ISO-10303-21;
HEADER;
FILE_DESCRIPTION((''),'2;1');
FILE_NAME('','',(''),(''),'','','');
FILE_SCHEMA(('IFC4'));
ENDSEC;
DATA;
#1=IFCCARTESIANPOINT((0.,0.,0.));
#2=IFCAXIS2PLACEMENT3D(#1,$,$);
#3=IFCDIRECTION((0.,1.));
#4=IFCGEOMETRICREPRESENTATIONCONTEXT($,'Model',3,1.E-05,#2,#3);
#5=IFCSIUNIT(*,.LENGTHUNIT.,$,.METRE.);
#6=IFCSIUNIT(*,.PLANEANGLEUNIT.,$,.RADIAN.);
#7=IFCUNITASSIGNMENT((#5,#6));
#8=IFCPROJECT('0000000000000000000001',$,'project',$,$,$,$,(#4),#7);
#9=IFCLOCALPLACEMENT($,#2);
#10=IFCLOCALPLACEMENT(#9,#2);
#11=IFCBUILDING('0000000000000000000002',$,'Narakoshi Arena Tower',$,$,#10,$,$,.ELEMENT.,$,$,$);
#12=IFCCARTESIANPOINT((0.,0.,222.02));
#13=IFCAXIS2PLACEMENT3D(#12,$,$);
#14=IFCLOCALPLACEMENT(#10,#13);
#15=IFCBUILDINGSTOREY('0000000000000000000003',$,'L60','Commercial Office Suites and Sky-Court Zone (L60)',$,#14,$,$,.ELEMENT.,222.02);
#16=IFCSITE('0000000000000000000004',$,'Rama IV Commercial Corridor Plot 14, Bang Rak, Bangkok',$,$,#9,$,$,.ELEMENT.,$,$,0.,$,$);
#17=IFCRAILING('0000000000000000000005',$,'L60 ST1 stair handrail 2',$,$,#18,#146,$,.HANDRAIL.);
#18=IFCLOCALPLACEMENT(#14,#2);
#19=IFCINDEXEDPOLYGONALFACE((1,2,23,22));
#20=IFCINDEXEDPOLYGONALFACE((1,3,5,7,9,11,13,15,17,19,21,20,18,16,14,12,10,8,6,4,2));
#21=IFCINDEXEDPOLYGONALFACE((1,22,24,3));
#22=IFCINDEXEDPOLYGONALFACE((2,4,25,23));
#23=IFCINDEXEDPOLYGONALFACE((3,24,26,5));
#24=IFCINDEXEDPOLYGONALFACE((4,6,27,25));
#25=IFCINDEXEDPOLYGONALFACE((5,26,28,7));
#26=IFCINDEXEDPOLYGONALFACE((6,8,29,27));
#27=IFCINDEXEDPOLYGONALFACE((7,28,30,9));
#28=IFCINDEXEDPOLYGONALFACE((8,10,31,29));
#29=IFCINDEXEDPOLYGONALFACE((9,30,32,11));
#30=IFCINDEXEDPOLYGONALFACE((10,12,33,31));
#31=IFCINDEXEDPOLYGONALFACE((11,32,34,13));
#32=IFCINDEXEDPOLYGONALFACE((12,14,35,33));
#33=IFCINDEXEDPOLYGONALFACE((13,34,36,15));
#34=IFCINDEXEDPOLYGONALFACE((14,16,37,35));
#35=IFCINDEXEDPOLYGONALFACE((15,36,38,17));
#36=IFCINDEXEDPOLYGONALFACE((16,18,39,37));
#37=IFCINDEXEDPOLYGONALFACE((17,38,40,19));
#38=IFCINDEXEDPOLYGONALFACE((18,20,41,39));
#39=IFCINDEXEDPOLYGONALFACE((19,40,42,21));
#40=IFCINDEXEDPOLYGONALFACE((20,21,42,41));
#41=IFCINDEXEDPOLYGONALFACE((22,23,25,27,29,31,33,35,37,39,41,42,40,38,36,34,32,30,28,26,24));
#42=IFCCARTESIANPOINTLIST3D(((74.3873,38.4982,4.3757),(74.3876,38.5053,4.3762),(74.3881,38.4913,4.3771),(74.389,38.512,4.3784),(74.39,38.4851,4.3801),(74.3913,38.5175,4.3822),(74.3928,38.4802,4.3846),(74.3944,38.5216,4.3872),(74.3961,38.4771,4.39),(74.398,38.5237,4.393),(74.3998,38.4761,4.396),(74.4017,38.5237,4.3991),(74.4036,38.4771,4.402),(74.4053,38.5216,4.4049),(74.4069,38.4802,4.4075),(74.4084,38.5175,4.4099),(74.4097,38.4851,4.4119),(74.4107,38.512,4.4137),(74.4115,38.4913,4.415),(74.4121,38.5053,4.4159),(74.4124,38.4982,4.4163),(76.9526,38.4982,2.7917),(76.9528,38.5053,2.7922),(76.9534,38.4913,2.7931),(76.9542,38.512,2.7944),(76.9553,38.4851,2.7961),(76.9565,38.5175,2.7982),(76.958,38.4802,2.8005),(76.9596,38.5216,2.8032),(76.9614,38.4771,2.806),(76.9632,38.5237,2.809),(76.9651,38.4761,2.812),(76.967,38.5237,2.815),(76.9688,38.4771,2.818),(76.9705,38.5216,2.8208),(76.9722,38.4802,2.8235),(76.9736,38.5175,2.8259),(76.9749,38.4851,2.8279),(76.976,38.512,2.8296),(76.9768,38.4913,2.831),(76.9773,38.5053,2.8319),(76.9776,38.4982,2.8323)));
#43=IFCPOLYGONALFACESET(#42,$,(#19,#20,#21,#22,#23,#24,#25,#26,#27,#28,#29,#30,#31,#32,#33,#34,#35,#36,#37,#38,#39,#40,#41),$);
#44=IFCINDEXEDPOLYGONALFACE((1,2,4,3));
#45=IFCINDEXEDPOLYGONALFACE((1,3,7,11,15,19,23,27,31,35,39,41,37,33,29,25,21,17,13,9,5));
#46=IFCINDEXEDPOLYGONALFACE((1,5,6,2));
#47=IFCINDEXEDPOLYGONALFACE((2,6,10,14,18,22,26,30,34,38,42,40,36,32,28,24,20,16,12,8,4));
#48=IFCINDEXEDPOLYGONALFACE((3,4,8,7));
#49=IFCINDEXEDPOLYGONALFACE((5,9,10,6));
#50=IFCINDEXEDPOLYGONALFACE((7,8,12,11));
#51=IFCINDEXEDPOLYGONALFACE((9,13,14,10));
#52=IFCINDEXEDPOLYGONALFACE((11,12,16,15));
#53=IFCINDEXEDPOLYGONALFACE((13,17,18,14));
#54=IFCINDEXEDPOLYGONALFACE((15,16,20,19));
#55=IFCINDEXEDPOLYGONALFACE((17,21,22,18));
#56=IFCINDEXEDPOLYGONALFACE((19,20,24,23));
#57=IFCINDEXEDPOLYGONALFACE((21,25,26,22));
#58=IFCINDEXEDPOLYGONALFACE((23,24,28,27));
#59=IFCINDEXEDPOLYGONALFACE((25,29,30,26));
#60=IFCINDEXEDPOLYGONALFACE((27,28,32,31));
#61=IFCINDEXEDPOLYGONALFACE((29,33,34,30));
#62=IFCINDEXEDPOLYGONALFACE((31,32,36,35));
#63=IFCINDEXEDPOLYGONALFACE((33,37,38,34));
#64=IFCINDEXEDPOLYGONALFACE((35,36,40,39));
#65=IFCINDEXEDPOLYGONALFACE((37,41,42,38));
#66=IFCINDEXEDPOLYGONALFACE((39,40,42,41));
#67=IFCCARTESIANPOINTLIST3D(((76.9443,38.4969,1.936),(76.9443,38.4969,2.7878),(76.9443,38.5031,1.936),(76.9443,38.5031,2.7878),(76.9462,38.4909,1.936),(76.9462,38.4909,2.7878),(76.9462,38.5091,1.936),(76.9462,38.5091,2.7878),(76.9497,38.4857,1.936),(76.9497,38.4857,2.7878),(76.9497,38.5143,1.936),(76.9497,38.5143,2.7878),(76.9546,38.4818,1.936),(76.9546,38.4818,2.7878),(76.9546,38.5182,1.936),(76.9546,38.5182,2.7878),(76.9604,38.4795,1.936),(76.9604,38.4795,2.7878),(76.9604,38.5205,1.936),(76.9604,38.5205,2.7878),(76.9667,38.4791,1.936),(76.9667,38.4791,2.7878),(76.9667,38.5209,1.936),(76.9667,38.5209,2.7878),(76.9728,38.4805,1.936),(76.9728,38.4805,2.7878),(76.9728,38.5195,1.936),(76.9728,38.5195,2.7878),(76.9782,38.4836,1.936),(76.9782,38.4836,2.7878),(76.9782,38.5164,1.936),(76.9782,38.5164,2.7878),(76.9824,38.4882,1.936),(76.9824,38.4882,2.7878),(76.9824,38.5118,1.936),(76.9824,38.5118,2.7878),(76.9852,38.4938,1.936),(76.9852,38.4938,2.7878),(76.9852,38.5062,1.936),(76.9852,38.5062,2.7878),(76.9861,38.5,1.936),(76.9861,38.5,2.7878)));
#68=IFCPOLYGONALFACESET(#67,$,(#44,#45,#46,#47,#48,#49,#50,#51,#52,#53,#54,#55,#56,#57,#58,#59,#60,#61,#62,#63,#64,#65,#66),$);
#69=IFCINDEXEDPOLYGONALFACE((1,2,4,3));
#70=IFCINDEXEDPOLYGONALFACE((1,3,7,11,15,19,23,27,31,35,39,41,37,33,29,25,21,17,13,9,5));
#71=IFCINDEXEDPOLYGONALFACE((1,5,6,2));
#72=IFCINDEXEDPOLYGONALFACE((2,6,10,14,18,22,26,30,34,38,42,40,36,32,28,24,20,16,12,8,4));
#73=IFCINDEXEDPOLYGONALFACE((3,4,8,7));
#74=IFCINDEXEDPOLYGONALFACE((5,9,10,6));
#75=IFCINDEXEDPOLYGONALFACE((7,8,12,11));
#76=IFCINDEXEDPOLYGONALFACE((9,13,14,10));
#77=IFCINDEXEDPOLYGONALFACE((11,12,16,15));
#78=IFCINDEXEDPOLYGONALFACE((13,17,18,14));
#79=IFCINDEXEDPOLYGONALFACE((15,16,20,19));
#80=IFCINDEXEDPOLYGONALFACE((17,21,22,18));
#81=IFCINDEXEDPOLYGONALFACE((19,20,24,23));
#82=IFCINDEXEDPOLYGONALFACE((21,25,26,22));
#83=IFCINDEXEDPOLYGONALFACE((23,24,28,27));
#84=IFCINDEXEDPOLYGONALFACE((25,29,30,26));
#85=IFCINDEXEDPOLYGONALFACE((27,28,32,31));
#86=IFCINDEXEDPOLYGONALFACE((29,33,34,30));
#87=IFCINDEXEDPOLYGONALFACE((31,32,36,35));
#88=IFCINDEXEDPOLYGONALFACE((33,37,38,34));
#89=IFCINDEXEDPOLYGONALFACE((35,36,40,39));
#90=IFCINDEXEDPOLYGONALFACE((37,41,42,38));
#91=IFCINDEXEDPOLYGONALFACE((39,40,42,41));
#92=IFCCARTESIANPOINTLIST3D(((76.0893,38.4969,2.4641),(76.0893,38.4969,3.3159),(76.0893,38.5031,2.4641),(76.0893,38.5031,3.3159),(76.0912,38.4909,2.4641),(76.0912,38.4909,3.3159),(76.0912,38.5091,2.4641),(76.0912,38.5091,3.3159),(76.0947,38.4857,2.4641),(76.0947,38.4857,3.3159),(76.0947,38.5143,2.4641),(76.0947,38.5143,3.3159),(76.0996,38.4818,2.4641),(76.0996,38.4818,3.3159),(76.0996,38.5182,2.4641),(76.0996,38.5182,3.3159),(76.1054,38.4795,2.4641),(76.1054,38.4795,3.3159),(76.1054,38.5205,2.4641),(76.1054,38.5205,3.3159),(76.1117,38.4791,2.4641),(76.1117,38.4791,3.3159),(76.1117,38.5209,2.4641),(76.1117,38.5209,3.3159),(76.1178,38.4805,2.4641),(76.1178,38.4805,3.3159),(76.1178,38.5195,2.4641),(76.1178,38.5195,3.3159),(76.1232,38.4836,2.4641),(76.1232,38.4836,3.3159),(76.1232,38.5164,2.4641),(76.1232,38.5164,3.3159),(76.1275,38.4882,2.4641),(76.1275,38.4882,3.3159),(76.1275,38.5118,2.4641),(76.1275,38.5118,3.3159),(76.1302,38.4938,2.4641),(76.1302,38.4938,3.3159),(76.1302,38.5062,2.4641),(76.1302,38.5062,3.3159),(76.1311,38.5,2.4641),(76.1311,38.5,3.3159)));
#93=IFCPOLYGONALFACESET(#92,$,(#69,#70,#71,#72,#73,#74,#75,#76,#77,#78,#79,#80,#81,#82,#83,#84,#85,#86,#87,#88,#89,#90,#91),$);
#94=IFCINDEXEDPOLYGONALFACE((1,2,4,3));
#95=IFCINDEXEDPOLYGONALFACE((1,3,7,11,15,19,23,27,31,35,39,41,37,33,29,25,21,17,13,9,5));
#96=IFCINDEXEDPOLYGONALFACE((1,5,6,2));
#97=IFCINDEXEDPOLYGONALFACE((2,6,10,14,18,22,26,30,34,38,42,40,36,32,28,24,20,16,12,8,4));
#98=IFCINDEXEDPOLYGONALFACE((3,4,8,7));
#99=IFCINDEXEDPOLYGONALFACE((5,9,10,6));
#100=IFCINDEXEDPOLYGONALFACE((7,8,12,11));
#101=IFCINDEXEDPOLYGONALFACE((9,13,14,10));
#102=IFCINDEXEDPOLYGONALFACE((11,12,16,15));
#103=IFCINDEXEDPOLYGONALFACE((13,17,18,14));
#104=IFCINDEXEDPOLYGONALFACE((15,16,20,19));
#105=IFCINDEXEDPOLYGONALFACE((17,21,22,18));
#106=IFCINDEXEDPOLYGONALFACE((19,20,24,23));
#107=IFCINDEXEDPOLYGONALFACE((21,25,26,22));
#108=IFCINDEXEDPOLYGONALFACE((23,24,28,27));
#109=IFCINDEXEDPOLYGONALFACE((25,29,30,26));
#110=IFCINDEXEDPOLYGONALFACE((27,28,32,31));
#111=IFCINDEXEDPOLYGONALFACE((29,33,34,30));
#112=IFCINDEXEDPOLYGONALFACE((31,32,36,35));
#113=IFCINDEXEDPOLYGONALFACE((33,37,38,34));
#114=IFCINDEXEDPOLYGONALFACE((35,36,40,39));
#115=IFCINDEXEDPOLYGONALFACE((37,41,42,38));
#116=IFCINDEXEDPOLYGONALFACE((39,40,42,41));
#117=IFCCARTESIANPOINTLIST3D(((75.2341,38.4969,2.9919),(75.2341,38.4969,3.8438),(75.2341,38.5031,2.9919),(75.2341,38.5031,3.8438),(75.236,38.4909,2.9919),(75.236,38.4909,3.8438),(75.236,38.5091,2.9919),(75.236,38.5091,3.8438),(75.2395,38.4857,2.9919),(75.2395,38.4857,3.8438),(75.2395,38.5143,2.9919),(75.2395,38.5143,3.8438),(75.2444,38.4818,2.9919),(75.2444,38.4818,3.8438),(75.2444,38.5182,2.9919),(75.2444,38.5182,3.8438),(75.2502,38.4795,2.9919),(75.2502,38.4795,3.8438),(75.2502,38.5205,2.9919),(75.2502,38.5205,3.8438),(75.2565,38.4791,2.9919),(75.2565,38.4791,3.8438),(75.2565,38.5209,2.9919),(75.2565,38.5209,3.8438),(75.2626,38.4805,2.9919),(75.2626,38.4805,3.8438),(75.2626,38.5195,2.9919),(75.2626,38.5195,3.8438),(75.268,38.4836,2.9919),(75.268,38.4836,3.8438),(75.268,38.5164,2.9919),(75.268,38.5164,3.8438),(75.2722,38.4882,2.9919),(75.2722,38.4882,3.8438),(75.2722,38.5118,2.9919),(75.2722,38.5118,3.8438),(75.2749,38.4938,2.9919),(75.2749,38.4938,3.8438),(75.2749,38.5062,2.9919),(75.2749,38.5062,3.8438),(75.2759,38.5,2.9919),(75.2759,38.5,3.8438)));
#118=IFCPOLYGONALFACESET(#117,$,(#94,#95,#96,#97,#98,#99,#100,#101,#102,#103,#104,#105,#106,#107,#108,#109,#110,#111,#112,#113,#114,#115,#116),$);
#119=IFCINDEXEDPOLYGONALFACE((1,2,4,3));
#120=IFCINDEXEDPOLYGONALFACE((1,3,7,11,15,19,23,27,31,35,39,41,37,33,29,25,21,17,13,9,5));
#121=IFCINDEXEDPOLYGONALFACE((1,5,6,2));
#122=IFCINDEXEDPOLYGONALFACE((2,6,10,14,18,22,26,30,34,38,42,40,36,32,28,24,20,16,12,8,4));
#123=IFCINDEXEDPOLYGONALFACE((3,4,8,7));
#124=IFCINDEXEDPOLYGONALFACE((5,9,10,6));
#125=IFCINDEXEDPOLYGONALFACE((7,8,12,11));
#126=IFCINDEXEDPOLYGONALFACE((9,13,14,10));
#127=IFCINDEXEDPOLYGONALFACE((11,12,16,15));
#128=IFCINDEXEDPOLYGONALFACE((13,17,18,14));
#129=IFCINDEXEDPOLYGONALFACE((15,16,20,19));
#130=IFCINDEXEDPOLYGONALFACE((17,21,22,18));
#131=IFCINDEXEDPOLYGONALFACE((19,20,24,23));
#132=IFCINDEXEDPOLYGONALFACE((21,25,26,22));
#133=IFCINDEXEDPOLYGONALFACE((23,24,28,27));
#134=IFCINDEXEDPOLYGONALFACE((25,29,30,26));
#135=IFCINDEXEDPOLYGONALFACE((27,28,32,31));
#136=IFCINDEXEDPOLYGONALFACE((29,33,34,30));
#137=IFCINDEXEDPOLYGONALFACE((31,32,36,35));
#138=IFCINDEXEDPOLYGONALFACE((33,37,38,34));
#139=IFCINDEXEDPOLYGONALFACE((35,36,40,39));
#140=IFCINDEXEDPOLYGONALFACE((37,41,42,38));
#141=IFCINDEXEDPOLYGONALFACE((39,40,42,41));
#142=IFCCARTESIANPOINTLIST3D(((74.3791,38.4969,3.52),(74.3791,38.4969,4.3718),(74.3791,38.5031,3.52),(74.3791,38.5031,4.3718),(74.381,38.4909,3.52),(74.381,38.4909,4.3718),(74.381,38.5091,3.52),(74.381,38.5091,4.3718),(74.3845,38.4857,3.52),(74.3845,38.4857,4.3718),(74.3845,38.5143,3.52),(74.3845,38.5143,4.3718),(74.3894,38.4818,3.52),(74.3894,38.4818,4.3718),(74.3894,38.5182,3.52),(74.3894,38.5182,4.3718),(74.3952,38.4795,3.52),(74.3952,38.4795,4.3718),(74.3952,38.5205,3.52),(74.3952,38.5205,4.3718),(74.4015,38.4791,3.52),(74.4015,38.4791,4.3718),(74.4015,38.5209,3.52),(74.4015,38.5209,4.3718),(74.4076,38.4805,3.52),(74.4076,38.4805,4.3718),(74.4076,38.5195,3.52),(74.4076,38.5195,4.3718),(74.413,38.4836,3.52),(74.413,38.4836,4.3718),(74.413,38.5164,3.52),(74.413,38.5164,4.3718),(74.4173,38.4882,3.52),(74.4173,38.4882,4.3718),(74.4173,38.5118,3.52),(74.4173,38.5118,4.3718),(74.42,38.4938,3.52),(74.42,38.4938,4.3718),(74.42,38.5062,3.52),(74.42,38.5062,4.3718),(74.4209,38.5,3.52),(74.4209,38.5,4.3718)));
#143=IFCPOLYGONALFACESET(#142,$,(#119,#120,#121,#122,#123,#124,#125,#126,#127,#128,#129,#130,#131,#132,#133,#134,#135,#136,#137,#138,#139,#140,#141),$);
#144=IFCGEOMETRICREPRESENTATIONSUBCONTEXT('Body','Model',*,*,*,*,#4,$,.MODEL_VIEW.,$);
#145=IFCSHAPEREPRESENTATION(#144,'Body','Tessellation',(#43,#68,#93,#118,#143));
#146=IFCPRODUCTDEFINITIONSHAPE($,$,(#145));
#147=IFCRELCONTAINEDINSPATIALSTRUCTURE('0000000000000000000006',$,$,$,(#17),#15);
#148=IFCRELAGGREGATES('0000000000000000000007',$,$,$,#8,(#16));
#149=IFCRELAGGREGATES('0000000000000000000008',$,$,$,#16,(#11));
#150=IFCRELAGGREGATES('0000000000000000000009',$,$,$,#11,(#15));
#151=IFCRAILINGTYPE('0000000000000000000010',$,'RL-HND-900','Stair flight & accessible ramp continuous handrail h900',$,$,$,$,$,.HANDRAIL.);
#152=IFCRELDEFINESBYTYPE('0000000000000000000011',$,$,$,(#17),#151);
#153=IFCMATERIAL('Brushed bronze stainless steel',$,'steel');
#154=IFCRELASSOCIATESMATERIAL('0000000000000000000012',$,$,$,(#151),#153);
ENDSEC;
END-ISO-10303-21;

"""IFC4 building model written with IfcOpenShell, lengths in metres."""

from ifc_helpers import new_model, si_unit, direction, frame, origin, origin_2d, place, context, subcontext, project, spatial, circle, extrude, material, type_object, element, save


model = new_model("IFC4")

# Units and contexts
model_context = context("Model", 3, precision=1e-05, world=origin(), true_north=direction((0.0, 1.0)))
body_context = subcontext(model_context, "Body", "Model", "MODEL_VIEW")
ifc_project = project(units=[si_unit("LENGTHUNIT", "METRE"), si_unit("PLANEANGLEUNIT", "RADIAN")], contexts=[model_context])

# Site, building, storey
site_placement = place(None, origin())
site = spatial("IfcSite", under=ifc_project, at=site_placement, Name="Rama IV Commercial Corridor Plot 14, Bang Rak, Bangkok", CompositionType="ELEMENT", RefElevation=0.0)
building_placement = place(site_placement, origin())
building = spatial("IfcBuilding", under=site, at=building_placement, Name="Narakoshi Arena Tower", CompositionType="ELEMENT")
storey_placement = place(building_placement, frame((0.0, 0.0, 222.02)))
storey = spatial("IfcBuildingStorey", under=building, at=storey_placement, Name="L60", Description="Commercial Office Suites and Sky-Court Zone (L60)", CompositionType="ELEMENT", Elevation=222.02)

# Railing
ifc_material_1 = material(Name="Brushed bronze stainless steel", Category="steel")
railing_type_1 = type_object("IfcRailingType", Name="RL-HND-900", Description="Stair flight & accessible ramp continuous handrail h900", PredefinedType="HANDRAIL", material=ifc_material_1)
railing_1_placement = place(storey_placement, frame((76.9651, 38.5, 1.936)))
element("IfcRailing", 1, at=railing_1_placement, inside=storey, type_object=railing_type_1, Name="L60 ST1 stair handrail 2", PredefinedType="HANDRAIL", context=body_context, shape_type="SweptSolid", body=[
    extrude(circle(Radius=0.0239, at=origin_2d()), frame((0.0, 0.0, 0.876), z_axis=(-0.850857, 0.0, 0.525398), x_axis=(0.0, -1.0, 0.0)), (0.0, 0.0, 1.0), 3.0149),
    extrude(circle(Radius=0.021, at=origin_2d()), origin(), (0.0, 0.0, 1.0), 0.8518),
    extrude(circle(Radius=0.021, at=origin_2d()), frame((-0.855, 0.0, 0.5281)), (0.0, 0.0, 1.0), 0.8518),
    extrude(circle(Radius=0.021, at=origin_2d()), frame((-1.7102, 0.0, 1.0559)), (0.0, 0.0, 1.0), 0.8518),
    extrude(circle(Radius=0.021, at=origin_2d()), frame((-2.5652, 0.0, 1.584)), (0.0, 0.0, 1.0), 0.8518),
])

save(model, "model.ifc")
